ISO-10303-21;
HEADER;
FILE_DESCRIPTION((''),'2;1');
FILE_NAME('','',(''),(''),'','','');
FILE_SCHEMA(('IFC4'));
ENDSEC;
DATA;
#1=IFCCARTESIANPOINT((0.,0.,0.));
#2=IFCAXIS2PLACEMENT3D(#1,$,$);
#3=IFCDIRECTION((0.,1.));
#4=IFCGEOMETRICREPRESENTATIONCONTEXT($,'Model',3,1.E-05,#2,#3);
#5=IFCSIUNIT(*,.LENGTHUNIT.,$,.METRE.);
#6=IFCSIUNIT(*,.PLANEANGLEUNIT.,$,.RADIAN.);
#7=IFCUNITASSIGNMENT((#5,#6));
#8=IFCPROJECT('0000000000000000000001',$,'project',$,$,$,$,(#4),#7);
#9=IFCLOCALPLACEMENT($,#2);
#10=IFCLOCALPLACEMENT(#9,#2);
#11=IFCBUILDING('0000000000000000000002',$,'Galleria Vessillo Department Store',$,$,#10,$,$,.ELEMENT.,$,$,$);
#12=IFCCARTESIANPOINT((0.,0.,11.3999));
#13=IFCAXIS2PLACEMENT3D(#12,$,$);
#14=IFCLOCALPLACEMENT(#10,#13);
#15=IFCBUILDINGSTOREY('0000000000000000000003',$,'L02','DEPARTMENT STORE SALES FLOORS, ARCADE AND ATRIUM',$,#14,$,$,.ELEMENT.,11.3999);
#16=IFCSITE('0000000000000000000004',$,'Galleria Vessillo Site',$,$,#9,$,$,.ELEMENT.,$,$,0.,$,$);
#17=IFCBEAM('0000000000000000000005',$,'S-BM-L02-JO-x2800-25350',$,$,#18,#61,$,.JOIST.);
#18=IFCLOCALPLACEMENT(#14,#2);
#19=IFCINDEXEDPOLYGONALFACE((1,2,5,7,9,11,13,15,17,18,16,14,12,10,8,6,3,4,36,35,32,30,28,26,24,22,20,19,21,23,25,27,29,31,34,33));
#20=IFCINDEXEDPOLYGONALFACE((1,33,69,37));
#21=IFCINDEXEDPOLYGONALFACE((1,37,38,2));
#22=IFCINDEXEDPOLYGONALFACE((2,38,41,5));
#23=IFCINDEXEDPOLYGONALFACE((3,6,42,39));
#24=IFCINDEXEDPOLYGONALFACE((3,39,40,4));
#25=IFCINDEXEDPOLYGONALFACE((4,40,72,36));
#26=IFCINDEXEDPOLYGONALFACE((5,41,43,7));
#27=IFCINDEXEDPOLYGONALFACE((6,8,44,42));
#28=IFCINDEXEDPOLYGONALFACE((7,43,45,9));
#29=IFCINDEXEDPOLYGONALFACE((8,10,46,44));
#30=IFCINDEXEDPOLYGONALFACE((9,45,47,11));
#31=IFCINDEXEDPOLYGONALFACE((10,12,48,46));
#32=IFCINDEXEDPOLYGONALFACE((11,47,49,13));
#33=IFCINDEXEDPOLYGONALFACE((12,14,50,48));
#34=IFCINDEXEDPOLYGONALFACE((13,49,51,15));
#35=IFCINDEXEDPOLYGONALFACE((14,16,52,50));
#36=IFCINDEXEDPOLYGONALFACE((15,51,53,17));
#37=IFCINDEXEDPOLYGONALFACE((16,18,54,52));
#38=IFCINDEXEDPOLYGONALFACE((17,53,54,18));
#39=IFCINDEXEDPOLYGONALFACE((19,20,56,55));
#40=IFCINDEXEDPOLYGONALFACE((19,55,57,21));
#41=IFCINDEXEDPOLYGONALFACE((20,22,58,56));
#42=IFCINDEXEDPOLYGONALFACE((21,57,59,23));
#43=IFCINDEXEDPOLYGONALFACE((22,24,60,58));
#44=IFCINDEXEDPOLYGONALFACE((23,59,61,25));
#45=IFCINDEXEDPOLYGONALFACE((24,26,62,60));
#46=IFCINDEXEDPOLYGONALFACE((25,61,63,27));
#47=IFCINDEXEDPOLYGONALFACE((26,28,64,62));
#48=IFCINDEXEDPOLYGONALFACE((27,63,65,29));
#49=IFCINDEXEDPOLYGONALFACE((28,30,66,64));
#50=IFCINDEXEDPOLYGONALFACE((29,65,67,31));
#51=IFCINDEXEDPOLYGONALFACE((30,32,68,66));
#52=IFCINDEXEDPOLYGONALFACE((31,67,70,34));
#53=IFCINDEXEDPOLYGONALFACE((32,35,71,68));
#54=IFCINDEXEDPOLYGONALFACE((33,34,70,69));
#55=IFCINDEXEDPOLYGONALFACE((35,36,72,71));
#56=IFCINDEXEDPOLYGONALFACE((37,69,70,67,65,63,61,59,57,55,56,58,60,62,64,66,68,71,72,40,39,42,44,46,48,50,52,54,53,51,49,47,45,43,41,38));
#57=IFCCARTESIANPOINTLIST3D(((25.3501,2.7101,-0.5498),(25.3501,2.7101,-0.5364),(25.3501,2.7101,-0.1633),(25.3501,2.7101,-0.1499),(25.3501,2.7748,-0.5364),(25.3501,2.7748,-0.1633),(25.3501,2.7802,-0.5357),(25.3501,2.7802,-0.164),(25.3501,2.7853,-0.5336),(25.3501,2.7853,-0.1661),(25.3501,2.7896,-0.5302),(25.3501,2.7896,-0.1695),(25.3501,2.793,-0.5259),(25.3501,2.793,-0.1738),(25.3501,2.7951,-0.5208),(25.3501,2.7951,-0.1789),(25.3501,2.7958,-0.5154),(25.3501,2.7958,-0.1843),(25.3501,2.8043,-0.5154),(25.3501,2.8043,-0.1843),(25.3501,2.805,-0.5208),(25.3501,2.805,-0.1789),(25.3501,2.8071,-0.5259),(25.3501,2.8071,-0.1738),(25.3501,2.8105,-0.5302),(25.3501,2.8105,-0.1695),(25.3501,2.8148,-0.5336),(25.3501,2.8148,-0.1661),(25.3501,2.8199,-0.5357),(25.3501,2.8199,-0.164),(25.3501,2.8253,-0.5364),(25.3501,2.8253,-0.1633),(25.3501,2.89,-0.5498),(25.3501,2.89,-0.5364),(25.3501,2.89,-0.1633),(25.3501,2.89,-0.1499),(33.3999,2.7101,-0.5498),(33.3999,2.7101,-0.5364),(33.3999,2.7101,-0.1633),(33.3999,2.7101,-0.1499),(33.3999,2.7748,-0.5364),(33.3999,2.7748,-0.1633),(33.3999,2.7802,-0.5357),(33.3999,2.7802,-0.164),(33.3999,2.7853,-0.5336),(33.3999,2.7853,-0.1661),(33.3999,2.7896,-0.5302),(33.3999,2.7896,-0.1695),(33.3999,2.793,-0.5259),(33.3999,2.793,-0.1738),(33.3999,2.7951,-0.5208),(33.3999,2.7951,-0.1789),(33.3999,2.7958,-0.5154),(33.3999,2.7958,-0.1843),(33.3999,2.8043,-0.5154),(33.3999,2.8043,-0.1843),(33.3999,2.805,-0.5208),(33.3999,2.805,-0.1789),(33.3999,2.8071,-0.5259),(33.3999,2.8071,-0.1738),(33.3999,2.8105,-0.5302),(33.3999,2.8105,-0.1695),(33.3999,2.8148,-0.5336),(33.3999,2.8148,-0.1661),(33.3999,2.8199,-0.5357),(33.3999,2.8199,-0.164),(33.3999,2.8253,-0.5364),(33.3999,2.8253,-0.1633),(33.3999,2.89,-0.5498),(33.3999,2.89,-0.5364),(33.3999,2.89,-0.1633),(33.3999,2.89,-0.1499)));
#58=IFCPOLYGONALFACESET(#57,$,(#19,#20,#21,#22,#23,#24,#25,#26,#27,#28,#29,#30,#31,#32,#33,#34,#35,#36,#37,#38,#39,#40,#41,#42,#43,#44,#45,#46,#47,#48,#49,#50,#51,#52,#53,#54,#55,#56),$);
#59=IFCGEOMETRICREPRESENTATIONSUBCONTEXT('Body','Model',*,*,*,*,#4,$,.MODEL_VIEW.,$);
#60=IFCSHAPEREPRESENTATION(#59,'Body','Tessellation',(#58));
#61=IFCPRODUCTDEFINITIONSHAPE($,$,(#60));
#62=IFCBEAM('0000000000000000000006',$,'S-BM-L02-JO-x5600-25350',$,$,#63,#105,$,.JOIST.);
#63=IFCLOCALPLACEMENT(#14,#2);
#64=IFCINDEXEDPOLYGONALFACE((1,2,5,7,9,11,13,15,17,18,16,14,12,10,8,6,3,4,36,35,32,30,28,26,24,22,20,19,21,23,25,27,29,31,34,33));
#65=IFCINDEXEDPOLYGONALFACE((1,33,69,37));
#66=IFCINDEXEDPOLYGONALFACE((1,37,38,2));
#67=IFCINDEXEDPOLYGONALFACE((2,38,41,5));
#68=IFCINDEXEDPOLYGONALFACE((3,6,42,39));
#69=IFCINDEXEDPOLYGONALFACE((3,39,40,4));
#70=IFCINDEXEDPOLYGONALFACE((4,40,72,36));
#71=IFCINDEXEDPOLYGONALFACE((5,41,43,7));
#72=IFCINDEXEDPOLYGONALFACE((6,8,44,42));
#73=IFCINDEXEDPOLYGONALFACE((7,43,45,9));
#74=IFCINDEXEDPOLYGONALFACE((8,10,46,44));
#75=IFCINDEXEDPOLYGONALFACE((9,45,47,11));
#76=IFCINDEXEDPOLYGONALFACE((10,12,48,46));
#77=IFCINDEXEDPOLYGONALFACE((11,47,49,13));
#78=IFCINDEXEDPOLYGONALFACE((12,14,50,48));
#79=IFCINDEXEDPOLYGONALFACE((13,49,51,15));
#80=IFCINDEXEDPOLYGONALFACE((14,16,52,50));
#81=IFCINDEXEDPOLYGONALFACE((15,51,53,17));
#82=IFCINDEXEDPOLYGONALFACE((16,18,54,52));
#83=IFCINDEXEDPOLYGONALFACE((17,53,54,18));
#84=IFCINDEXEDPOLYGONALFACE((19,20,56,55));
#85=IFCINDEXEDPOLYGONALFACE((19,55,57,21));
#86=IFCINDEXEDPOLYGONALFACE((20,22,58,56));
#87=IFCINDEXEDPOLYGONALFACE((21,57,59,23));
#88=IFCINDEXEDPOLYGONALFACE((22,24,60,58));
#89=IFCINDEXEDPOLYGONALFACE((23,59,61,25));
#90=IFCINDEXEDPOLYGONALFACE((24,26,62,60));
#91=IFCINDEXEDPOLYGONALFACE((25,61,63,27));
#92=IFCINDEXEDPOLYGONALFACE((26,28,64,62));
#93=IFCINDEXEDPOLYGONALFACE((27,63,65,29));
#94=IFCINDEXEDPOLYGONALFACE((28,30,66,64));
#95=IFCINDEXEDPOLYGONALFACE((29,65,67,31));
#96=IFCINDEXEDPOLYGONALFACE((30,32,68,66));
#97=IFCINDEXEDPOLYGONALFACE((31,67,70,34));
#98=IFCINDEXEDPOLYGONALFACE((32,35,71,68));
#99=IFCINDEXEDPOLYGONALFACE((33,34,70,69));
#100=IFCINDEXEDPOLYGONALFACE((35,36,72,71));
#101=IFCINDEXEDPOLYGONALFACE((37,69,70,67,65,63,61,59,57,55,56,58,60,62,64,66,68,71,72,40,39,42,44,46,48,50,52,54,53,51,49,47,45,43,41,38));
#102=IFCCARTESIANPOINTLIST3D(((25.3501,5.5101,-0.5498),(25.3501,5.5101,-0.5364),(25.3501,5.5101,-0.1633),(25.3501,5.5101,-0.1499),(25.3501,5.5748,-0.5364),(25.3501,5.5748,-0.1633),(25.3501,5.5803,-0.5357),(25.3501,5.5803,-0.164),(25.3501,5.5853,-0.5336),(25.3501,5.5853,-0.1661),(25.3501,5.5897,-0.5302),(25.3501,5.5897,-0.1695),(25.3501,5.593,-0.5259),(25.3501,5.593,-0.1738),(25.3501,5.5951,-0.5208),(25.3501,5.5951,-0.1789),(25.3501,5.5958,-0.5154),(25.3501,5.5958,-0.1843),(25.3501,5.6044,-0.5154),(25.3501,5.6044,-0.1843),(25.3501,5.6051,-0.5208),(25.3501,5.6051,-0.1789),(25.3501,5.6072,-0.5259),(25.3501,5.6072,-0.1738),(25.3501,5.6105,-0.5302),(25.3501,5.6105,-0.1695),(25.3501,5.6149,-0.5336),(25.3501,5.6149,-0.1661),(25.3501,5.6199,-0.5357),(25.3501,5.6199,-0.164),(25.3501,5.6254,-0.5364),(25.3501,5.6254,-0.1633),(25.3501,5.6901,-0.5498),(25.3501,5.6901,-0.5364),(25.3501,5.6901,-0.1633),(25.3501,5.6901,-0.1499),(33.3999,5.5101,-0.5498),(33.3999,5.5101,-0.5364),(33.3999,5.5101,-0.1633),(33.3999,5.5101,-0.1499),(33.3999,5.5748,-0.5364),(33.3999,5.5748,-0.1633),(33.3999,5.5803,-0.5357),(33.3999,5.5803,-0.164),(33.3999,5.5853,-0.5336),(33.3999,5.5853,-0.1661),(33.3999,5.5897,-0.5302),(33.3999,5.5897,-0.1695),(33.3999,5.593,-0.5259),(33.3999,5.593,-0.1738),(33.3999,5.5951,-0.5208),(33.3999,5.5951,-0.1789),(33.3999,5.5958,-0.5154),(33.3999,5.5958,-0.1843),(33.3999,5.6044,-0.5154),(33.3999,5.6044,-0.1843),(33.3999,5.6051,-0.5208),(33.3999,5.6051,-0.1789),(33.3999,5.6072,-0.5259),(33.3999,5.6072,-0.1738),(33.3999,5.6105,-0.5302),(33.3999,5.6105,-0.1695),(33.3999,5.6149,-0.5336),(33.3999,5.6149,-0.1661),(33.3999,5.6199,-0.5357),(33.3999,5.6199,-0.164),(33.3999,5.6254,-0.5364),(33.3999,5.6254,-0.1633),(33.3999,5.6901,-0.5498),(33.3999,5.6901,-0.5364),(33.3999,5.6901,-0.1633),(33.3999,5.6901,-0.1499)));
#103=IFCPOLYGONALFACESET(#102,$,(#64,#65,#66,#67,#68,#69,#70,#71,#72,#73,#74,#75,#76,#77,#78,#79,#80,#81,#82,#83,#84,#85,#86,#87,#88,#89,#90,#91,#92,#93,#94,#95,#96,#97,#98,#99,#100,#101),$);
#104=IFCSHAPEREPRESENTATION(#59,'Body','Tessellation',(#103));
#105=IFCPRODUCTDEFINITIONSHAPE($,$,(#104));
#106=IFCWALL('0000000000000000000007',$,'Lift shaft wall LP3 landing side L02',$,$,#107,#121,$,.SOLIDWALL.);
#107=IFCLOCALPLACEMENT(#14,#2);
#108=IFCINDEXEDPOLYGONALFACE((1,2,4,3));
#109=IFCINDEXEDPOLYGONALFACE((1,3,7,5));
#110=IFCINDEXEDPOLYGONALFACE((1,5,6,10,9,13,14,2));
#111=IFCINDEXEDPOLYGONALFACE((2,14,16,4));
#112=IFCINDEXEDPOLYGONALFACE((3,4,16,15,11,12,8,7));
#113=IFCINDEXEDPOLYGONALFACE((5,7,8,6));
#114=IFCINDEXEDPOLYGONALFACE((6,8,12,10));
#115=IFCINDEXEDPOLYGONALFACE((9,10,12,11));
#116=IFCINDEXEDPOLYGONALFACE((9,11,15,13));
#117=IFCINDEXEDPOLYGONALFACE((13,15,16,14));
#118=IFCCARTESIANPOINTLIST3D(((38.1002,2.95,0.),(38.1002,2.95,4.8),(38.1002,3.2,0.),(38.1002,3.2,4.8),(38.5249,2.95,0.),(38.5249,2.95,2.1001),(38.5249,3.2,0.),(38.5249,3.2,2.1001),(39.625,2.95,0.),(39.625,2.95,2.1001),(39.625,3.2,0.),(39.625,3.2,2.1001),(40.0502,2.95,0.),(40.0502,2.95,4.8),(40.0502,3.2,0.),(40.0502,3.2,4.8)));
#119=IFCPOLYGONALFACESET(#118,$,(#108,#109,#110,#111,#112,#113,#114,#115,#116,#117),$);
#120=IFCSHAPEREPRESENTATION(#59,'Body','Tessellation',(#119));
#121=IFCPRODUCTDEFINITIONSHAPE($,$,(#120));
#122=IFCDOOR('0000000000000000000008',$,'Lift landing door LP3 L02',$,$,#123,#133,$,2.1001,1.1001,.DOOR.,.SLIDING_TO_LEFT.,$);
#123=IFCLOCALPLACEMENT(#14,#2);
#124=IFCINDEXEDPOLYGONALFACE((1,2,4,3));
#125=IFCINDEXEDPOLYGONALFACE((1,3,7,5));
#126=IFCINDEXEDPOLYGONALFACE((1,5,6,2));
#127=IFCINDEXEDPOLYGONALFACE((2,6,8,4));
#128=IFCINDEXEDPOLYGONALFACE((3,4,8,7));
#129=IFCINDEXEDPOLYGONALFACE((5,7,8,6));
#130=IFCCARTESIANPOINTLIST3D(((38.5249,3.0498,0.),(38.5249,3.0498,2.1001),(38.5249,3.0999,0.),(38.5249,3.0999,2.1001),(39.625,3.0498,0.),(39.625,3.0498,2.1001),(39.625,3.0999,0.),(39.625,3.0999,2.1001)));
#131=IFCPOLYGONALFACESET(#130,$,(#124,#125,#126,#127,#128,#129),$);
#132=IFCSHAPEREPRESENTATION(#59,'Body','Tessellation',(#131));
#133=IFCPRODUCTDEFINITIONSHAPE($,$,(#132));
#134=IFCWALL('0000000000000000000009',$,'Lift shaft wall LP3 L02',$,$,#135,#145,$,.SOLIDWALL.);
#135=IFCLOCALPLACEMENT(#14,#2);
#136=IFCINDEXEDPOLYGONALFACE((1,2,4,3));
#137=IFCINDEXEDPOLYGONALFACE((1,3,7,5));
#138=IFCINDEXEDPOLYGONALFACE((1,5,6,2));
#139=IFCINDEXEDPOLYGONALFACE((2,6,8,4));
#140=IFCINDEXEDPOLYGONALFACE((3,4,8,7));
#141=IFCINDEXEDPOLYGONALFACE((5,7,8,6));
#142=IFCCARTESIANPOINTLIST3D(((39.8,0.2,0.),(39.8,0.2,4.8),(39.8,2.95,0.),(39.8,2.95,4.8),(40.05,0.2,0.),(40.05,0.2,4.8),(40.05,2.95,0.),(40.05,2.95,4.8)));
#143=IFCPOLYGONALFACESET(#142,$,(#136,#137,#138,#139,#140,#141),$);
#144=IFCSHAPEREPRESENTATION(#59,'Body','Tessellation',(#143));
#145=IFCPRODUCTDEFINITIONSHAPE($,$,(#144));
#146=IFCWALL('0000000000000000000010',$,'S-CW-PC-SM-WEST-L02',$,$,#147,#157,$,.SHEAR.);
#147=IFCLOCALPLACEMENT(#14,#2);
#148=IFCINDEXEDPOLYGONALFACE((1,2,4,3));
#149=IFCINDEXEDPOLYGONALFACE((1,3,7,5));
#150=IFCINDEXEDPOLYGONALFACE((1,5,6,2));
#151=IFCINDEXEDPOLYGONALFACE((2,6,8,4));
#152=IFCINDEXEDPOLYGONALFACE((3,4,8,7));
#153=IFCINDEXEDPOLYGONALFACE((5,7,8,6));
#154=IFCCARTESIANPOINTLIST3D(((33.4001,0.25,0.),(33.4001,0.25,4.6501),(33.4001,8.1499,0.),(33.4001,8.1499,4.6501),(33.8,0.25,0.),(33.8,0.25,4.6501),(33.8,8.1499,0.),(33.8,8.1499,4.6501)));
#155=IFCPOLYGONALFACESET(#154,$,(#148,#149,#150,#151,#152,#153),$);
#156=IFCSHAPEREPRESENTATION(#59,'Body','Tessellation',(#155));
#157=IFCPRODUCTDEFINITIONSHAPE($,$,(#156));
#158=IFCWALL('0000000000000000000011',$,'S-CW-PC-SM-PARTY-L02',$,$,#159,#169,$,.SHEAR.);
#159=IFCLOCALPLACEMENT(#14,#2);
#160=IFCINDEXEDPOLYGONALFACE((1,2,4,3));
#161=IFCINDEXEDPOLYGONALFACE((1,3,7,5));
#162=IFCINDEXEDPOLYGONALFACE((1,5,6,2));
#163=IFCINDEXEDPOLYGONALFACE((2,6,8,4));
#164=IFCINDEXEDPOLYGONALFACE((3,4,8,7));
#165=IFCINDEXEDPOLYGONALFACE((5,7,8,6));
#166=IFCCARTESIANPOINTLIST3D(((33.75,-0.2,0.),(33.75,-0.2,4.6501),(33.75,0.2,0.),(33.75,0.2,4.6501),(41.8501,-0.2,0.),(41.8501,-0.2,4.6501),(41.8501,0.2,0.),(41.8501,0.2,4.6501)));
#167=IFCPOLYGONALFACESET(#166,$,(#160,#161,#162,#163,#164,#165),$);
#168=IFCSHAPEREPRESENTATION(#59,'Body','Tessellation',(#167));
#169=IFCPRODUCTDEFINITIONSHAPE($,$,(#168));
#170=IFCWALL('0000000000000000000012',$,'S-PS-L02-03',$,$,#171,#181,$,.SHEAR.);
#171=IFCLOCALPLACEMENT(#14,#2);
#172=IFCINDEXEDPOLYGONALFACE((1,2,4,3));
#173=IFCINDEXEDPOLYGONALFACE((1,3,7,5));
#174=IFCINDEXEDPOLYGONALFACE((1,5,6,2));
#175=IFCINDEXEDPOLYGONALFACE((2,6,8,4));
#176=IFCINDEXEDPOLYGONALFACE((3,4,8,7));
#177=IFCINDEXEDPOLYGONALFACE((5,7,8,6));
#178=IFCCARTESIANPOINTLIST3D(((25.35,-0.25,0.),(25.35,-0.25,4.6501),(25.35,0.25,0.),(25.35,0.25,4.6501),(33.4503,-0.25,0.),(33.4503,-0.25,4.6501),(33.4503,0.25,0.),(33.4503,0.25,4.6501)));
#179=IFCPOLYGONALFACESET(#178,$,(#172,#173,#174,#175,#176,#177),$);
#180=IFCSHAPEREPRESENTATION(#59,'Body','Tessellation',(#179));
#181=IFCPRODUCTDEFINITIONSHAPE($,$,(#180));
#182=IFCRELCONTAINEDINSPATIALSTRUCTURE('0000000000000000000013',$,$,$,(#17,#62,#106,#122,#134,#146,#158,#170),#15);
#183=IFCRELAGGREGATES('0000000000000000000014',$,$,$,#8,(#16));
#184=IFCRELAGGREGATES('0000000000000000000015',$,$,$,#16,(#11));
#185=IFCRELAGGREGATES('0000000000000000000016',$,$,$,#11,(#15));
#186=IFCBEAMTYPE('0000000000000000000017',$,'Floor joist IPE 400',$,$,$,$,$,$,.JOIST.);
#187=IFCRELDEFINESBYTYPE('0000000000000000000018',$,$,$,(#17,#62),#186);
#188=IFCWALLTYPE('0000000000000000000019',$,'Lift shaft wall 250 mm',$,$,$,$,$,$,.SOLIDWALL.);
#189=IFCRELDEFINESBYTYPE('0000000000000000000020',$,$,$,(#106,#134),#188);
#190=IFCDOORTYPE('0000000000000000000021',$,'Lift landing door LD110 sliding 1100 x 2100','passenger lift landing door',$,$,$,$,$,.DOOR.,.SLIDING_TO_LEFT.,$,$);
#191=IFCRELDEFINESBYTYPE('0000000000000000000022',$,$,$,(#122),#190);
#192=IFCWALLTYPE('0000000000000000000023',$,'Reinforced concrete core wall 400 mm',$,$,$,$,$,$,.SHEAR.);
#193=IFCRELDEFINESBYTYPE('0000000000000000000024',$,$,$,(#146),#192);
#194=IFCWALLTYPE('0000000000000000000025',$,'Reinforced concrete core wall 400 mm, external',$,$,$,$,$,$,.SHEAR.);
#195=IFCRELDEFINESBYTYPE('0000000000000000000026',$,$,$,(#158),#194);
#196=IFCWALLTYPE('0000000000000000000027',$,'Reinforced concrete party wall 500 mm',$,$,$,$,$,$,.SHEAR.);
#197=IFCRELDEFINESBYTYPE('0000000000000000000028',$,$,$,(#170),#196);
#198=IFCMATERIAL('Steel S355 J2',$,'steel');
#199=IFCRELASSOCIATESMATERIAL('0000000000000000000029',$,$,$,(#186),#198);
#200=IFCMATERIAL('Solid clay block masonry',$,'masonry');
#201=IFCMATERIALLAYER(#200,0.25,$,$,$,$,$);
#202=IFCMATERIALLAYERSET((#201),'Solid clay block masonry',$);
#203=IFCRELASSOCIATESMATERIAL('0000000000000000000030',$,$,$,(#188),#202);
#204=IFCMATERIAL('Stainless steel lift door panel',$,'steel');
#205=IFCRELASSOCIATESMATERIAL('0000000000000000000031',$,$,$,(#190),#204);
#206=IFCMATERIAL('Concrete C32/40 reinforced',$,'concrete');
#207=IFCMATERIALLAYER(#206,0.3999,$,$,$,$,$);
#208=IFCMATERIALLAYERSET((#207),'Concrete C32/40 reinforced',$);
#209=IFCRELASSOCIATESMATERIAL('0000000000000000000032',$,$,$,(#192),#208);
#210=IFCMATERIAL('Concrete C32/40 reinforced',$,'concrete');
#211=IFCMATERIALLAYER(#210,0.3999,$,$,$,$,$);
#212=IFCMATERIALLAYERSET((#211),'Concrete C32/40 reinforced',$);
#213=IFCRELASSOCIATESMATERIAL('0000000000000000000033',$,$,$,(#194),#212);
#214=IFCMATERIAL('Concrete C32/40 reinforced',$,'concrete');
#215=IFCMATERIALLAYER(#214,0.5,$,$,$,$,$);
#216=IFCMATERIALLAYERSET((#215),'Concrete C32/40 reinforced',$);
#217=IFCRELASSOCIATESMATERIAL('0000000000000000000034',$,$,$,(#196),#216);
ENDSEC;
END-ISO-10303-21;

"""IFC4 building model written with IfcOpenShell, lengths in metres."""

from ifc_helpers import new_model, si_unit, direction, frame, frame_2d, origin, origin_2d, place, context, subcontext, project, spatial, rectangle, i_section, extrude, material, layer, layer_set, material_profile, profile_set, type_object, element, fill, save


model = new_model("IFC4")

# Units and contexts
model_context = context("Model", 3, precision=1e-05, world=origin(), true_north=direction((0.0, 1.0)))
body_context = subcontext(model_context, "Body", "Model", "MODEL_VIEW")
ifc_project = project(units=[si_unit("LENGTHUNIT", "METRE"), si_unit("PLANEANGLEUNIT", "RADIAN")], contexts=[model_context])

# Site, building, storey
site_placement = place(None, origin())
site = spatial("IfcSite", under=ifc_project, at=site_placement, Name="Galleria Vessillo Site", CompositionType="ELEMENT", RefElevation=0.0)
building_placement = place(site_placement, origin())
building = spatial("IfcBuilding", under=site, at=building_placement, Name="Galleria Vessillo Department Store", CompositionType="ELEMENT")
storey_placement = place(building_placement, frame((0.0, 0.0, 11.3999)))
storey = spatial("IfcBuildingStorey", under=building, at=storey_placement, Name="L02", Description="DEPARTMENT STORE SALES FLOORS, ARCADE AND ATRIUM", CompositionType="ELEMENT", Elevation=11.3999)

# Beams
ifc_material_1 = material(Name="Steel S355 J2", Category="steel")
ifc_material_profile_1 = material_profile(ifc_material_1, i_section(OverallWidth=0.1799, OverallDepth=0.3999, WebThickness=0.0085, FlangeThickness=0.0134, FilletRadius=0.021, at=origin_2d()), Name="IPE 400")
ifc_profile_set_1 = profile_set([ifc_material_profile_1], Name="Steel S355 J2")
beam_type_1 = type_object("IfcBeamType", Name="Floor joist IPE 400", PredefinedType="JOIST", material=ifc_profile_set_1)
for number, where, z_axis, x_axis, name in (
    (1, (25.3501, 2.8, -0.3499), (1.0, 0.0, 0.0), (0.0, 1.0, 0.0), "S-BM-L02-JO-x2800-25350"),
    (2, (25.3501, 5.6001, -0.3499), (1.0, 0.0, 0.0), (0.0, 1.0, 0.0), "S-BM-L02-JO-x5600-25350"),
):
    element("IfcBeam", number, at=place(storey_placement, frame(where, z_axis=z_axis, x_axis=x_axis)), inside=storey, type_object=beam_type_1, Name=name, PredefinedType="JOIST", context=body_context, shape_type="SweptSolid", body=[
        extrude(i_section(OverallWidth=0.1799, OverallDepth=0.3999, WebThickness=0.0085, FlangeThickness=0.0134, FilletRadius=0.021, at=origin_2d()), origin(), (0.0, 0.0, 1.0), 8.0498),
    ])

# Wall, opening, door
ifc_material_2 = material(Name="Solid clay block masonry", Category="masonry")
ifc_layer_1 = layer(ifc_material_2, 0.25)
ifc_layer_set_1 = layer_set([ifc_layer_1], Name="Solid clay block masonry")
wall_type_1 = type_object("IfcWallType", Name="Lift shaft wall 250 mm", PredefinedType="SOLIDWALL", material=ifc_layer_set_1)
wall_1_placement = place(storey_placement, frame((38.1001, 3.075, 0.0), z_axis=(0.0, 0.0, 1.0), x_axis=(1.0, 0.0, 0.0)))
wall_1 = element("IfcWall", 3, at=wall_1_placement, inside=storey, type_object=wall_type_1, Name="Lift shaft wall LP3 landing side L02", PredefinedType="SOLIDWALL", context=body_context, shape_type="SweptSolid", body=[
    extrude(rectangle(XDim=1.95, YDim=0.25, at=frame_2d((0.9751, 0.0))), origin(), (0.0, 0.0, 1.0), 4.8),
])
opening_1_placement = place(wall_1_placement, frame((0.4248, 0.0, 0.0)))
opening_1 = element("IfcOpeningElement", 4, at=opening_1_placement, cuts=wall_1, PredefinedType="OPENING", context=body_context, shape_type="SweptSolid", body=[
    extrude(rectangle(XDim=1.1001, YDim=2.1001, at=frame_2d((0.55, 1.05))), frame((0.0, 0.135, 0.0), z_axis=(0.0, -1.0, 0.0), x_axis=(1.0, 0.0, 0.0)), (0.0, 0.0, 1.0), 0.27),
])
ifc_material_3 = material(Name="Stainless steel lift door panel", Category="steel")
door_type_1 = type_object("IfcDoorType", Name="Lift landing door LD110 sliding 1100 x 2100", Description="passenger lift landing door", OperationType="SLIDING_TO_LEFT", PredefinedType="DOOR", material=ifc_material_3)
door_1_placement = place(opening_1_placement, origin())
door_1 = element("IfcDoor", 5, at=door_1_placement, inside=storey, type_object=door_type_1, Name="Lift landing door LP3 L02", OperationType="SLIDING_TO_LEFT", OverallHeight=2.1001, OverallWidth=1.1001, PredefinedType="DOOR", context=body_context, shape_type="SweptSolid", body=[
    extrude(rectangle(XDim=1.1001, YDim=2.1001, at=frame_2d((0.55, 1.05))), frame((0.0, 0.0249, 0.0), z_axis=(0.0, -1.0, 0.0), x_axis=(1.0, 0.0, 0.0)), (0.0, 0.0, 1.0), 0.05),
])
fill(opening_1, door_1)

# Walls
wall_2_placement = place(storey_placement, frame((39.925, 0.2, 0.0), z_axis=(0.0, 0.0, 1.0), x_axis=(0.0, 1.0, 0.0)))
element("IfcWall", 6, at=wall_2_placement, inside=storey, type_object=wall_type_1, Name="Lift shaft wall LP3 L02", PredefinedType="SOLIDWALL", context=body_context, shape_type="SweptSolid", body=[
    extrude(rectangle(XDim=2.75, YDim=0.25, at=frame_2d((1.375, 0.0))), origin(), (0.0, 0.0, 1.0), 4.8),
])
ifc_material_4 = material(Name="Concrete C32/40 reinforced", Category="concrete")
ifc_layer_2 = layer(ifc_material_4, 0.3999)
ifc_layer_set_2 = layer_set([ifc_layer_2], Name="Concrete C32/40 reinforced")
wall_type_2 = type_object("IfcWallType", Name="Reinforced concrete core wall 400 mm", PredefinedType="SHEAR", material=ifc_layer_set_2)
wall_3_placement = place(storey_placement, frame((33.6001, 0.25, 0.0), z_axis=(0.0, 0.0, 1.0), x_axis=(0.0, 1.0, 0.0)))
element("IfcWall", 7, at=wall_3_placement, inside=storey, type_object=wall_type_2, Name="S-CW-PC-SM-WEST-L02", PredefinedType="SHEAR", context=body_context, shape_type="SweptSolid", body=[
    extrude(rectangle(XDim=7.8999, YDim=0.3999, at=frame_2d((3.95, 0.0))), origin(), (0.0, 0.0, 1.0), 4.6501),
])
ifc_material_5 = material(Name="Concrete C32/40 reinforced", Category="concrete")
ifc_layer_3 = layer(ifc_material_5, 0.3999)
ifc_layer_set_3 = layer_set([ifc_layer_3], Name="Concrete C32/40 reinforced")
wall_type_3 = type_object("IfcWallType", Name="Reinforced concrete core wall 400 mm, external", PredefinedType="SHEAR", material=ifc_layer_set_3)
wall_4_placement = place(storey_placement, frame((33.75, 0.0, 0.0), z_axis=(0.0, 0.0, 1.0), x_axis=(1.0, 0.0, 0.0)))
element("IfcWall", 8, at=wall_4_placement, inside=storey, type_object=wall_type_3, Name="S-CW-PC-SM-PARTY-L02", PredefinedType="SHEAR", context=body_context, shape_type="SweptSolid", body=[
    extrude(rectangle(XDim=8.1001, YDim=0.3999, at=frame_2d((4.05, 0.0))), origin(), (0.0, 0.0, 1.0), 4.6501),
])
ifc_material_6 = material(Name="Concrete C32/40 reinforced", Category="concrete")
ifc_layer_4 = layer(ifc_material_6, 0.5)
ifc_layer_set_4 = layer_set([ifc_layer_4], Name="Concrete C32/40 reinforced")
wall_type_4 = type_object("IfcWallType", Name="Reinforced concrete party wall 500 mm", PredefinedType="SHEAR", material=ifc_layer_set_4)
wall_5_placement = place(storey_placement, frame((25.3499, 0.0, 0.0), z_axis=(0.0, 0.0, 1.0), x_axis=(1.0, 0.0, 0.0)))
element("IfcWall", 9, at=wall_5_placement, inside=storey, type_object=wall_type_4, Name="S-PS-L02-03", PredefinedType="SHEAR", context=body_context, shape_type="SweptSolid", body=[
    extrude(rectangle(XDim=8.1003, YDim=0.5, at=frame_2d((4.0503, 0.0))), origin(), (0.0, 0.0, 1.0), 4.6501),
])

save(model, "model.ifc")
